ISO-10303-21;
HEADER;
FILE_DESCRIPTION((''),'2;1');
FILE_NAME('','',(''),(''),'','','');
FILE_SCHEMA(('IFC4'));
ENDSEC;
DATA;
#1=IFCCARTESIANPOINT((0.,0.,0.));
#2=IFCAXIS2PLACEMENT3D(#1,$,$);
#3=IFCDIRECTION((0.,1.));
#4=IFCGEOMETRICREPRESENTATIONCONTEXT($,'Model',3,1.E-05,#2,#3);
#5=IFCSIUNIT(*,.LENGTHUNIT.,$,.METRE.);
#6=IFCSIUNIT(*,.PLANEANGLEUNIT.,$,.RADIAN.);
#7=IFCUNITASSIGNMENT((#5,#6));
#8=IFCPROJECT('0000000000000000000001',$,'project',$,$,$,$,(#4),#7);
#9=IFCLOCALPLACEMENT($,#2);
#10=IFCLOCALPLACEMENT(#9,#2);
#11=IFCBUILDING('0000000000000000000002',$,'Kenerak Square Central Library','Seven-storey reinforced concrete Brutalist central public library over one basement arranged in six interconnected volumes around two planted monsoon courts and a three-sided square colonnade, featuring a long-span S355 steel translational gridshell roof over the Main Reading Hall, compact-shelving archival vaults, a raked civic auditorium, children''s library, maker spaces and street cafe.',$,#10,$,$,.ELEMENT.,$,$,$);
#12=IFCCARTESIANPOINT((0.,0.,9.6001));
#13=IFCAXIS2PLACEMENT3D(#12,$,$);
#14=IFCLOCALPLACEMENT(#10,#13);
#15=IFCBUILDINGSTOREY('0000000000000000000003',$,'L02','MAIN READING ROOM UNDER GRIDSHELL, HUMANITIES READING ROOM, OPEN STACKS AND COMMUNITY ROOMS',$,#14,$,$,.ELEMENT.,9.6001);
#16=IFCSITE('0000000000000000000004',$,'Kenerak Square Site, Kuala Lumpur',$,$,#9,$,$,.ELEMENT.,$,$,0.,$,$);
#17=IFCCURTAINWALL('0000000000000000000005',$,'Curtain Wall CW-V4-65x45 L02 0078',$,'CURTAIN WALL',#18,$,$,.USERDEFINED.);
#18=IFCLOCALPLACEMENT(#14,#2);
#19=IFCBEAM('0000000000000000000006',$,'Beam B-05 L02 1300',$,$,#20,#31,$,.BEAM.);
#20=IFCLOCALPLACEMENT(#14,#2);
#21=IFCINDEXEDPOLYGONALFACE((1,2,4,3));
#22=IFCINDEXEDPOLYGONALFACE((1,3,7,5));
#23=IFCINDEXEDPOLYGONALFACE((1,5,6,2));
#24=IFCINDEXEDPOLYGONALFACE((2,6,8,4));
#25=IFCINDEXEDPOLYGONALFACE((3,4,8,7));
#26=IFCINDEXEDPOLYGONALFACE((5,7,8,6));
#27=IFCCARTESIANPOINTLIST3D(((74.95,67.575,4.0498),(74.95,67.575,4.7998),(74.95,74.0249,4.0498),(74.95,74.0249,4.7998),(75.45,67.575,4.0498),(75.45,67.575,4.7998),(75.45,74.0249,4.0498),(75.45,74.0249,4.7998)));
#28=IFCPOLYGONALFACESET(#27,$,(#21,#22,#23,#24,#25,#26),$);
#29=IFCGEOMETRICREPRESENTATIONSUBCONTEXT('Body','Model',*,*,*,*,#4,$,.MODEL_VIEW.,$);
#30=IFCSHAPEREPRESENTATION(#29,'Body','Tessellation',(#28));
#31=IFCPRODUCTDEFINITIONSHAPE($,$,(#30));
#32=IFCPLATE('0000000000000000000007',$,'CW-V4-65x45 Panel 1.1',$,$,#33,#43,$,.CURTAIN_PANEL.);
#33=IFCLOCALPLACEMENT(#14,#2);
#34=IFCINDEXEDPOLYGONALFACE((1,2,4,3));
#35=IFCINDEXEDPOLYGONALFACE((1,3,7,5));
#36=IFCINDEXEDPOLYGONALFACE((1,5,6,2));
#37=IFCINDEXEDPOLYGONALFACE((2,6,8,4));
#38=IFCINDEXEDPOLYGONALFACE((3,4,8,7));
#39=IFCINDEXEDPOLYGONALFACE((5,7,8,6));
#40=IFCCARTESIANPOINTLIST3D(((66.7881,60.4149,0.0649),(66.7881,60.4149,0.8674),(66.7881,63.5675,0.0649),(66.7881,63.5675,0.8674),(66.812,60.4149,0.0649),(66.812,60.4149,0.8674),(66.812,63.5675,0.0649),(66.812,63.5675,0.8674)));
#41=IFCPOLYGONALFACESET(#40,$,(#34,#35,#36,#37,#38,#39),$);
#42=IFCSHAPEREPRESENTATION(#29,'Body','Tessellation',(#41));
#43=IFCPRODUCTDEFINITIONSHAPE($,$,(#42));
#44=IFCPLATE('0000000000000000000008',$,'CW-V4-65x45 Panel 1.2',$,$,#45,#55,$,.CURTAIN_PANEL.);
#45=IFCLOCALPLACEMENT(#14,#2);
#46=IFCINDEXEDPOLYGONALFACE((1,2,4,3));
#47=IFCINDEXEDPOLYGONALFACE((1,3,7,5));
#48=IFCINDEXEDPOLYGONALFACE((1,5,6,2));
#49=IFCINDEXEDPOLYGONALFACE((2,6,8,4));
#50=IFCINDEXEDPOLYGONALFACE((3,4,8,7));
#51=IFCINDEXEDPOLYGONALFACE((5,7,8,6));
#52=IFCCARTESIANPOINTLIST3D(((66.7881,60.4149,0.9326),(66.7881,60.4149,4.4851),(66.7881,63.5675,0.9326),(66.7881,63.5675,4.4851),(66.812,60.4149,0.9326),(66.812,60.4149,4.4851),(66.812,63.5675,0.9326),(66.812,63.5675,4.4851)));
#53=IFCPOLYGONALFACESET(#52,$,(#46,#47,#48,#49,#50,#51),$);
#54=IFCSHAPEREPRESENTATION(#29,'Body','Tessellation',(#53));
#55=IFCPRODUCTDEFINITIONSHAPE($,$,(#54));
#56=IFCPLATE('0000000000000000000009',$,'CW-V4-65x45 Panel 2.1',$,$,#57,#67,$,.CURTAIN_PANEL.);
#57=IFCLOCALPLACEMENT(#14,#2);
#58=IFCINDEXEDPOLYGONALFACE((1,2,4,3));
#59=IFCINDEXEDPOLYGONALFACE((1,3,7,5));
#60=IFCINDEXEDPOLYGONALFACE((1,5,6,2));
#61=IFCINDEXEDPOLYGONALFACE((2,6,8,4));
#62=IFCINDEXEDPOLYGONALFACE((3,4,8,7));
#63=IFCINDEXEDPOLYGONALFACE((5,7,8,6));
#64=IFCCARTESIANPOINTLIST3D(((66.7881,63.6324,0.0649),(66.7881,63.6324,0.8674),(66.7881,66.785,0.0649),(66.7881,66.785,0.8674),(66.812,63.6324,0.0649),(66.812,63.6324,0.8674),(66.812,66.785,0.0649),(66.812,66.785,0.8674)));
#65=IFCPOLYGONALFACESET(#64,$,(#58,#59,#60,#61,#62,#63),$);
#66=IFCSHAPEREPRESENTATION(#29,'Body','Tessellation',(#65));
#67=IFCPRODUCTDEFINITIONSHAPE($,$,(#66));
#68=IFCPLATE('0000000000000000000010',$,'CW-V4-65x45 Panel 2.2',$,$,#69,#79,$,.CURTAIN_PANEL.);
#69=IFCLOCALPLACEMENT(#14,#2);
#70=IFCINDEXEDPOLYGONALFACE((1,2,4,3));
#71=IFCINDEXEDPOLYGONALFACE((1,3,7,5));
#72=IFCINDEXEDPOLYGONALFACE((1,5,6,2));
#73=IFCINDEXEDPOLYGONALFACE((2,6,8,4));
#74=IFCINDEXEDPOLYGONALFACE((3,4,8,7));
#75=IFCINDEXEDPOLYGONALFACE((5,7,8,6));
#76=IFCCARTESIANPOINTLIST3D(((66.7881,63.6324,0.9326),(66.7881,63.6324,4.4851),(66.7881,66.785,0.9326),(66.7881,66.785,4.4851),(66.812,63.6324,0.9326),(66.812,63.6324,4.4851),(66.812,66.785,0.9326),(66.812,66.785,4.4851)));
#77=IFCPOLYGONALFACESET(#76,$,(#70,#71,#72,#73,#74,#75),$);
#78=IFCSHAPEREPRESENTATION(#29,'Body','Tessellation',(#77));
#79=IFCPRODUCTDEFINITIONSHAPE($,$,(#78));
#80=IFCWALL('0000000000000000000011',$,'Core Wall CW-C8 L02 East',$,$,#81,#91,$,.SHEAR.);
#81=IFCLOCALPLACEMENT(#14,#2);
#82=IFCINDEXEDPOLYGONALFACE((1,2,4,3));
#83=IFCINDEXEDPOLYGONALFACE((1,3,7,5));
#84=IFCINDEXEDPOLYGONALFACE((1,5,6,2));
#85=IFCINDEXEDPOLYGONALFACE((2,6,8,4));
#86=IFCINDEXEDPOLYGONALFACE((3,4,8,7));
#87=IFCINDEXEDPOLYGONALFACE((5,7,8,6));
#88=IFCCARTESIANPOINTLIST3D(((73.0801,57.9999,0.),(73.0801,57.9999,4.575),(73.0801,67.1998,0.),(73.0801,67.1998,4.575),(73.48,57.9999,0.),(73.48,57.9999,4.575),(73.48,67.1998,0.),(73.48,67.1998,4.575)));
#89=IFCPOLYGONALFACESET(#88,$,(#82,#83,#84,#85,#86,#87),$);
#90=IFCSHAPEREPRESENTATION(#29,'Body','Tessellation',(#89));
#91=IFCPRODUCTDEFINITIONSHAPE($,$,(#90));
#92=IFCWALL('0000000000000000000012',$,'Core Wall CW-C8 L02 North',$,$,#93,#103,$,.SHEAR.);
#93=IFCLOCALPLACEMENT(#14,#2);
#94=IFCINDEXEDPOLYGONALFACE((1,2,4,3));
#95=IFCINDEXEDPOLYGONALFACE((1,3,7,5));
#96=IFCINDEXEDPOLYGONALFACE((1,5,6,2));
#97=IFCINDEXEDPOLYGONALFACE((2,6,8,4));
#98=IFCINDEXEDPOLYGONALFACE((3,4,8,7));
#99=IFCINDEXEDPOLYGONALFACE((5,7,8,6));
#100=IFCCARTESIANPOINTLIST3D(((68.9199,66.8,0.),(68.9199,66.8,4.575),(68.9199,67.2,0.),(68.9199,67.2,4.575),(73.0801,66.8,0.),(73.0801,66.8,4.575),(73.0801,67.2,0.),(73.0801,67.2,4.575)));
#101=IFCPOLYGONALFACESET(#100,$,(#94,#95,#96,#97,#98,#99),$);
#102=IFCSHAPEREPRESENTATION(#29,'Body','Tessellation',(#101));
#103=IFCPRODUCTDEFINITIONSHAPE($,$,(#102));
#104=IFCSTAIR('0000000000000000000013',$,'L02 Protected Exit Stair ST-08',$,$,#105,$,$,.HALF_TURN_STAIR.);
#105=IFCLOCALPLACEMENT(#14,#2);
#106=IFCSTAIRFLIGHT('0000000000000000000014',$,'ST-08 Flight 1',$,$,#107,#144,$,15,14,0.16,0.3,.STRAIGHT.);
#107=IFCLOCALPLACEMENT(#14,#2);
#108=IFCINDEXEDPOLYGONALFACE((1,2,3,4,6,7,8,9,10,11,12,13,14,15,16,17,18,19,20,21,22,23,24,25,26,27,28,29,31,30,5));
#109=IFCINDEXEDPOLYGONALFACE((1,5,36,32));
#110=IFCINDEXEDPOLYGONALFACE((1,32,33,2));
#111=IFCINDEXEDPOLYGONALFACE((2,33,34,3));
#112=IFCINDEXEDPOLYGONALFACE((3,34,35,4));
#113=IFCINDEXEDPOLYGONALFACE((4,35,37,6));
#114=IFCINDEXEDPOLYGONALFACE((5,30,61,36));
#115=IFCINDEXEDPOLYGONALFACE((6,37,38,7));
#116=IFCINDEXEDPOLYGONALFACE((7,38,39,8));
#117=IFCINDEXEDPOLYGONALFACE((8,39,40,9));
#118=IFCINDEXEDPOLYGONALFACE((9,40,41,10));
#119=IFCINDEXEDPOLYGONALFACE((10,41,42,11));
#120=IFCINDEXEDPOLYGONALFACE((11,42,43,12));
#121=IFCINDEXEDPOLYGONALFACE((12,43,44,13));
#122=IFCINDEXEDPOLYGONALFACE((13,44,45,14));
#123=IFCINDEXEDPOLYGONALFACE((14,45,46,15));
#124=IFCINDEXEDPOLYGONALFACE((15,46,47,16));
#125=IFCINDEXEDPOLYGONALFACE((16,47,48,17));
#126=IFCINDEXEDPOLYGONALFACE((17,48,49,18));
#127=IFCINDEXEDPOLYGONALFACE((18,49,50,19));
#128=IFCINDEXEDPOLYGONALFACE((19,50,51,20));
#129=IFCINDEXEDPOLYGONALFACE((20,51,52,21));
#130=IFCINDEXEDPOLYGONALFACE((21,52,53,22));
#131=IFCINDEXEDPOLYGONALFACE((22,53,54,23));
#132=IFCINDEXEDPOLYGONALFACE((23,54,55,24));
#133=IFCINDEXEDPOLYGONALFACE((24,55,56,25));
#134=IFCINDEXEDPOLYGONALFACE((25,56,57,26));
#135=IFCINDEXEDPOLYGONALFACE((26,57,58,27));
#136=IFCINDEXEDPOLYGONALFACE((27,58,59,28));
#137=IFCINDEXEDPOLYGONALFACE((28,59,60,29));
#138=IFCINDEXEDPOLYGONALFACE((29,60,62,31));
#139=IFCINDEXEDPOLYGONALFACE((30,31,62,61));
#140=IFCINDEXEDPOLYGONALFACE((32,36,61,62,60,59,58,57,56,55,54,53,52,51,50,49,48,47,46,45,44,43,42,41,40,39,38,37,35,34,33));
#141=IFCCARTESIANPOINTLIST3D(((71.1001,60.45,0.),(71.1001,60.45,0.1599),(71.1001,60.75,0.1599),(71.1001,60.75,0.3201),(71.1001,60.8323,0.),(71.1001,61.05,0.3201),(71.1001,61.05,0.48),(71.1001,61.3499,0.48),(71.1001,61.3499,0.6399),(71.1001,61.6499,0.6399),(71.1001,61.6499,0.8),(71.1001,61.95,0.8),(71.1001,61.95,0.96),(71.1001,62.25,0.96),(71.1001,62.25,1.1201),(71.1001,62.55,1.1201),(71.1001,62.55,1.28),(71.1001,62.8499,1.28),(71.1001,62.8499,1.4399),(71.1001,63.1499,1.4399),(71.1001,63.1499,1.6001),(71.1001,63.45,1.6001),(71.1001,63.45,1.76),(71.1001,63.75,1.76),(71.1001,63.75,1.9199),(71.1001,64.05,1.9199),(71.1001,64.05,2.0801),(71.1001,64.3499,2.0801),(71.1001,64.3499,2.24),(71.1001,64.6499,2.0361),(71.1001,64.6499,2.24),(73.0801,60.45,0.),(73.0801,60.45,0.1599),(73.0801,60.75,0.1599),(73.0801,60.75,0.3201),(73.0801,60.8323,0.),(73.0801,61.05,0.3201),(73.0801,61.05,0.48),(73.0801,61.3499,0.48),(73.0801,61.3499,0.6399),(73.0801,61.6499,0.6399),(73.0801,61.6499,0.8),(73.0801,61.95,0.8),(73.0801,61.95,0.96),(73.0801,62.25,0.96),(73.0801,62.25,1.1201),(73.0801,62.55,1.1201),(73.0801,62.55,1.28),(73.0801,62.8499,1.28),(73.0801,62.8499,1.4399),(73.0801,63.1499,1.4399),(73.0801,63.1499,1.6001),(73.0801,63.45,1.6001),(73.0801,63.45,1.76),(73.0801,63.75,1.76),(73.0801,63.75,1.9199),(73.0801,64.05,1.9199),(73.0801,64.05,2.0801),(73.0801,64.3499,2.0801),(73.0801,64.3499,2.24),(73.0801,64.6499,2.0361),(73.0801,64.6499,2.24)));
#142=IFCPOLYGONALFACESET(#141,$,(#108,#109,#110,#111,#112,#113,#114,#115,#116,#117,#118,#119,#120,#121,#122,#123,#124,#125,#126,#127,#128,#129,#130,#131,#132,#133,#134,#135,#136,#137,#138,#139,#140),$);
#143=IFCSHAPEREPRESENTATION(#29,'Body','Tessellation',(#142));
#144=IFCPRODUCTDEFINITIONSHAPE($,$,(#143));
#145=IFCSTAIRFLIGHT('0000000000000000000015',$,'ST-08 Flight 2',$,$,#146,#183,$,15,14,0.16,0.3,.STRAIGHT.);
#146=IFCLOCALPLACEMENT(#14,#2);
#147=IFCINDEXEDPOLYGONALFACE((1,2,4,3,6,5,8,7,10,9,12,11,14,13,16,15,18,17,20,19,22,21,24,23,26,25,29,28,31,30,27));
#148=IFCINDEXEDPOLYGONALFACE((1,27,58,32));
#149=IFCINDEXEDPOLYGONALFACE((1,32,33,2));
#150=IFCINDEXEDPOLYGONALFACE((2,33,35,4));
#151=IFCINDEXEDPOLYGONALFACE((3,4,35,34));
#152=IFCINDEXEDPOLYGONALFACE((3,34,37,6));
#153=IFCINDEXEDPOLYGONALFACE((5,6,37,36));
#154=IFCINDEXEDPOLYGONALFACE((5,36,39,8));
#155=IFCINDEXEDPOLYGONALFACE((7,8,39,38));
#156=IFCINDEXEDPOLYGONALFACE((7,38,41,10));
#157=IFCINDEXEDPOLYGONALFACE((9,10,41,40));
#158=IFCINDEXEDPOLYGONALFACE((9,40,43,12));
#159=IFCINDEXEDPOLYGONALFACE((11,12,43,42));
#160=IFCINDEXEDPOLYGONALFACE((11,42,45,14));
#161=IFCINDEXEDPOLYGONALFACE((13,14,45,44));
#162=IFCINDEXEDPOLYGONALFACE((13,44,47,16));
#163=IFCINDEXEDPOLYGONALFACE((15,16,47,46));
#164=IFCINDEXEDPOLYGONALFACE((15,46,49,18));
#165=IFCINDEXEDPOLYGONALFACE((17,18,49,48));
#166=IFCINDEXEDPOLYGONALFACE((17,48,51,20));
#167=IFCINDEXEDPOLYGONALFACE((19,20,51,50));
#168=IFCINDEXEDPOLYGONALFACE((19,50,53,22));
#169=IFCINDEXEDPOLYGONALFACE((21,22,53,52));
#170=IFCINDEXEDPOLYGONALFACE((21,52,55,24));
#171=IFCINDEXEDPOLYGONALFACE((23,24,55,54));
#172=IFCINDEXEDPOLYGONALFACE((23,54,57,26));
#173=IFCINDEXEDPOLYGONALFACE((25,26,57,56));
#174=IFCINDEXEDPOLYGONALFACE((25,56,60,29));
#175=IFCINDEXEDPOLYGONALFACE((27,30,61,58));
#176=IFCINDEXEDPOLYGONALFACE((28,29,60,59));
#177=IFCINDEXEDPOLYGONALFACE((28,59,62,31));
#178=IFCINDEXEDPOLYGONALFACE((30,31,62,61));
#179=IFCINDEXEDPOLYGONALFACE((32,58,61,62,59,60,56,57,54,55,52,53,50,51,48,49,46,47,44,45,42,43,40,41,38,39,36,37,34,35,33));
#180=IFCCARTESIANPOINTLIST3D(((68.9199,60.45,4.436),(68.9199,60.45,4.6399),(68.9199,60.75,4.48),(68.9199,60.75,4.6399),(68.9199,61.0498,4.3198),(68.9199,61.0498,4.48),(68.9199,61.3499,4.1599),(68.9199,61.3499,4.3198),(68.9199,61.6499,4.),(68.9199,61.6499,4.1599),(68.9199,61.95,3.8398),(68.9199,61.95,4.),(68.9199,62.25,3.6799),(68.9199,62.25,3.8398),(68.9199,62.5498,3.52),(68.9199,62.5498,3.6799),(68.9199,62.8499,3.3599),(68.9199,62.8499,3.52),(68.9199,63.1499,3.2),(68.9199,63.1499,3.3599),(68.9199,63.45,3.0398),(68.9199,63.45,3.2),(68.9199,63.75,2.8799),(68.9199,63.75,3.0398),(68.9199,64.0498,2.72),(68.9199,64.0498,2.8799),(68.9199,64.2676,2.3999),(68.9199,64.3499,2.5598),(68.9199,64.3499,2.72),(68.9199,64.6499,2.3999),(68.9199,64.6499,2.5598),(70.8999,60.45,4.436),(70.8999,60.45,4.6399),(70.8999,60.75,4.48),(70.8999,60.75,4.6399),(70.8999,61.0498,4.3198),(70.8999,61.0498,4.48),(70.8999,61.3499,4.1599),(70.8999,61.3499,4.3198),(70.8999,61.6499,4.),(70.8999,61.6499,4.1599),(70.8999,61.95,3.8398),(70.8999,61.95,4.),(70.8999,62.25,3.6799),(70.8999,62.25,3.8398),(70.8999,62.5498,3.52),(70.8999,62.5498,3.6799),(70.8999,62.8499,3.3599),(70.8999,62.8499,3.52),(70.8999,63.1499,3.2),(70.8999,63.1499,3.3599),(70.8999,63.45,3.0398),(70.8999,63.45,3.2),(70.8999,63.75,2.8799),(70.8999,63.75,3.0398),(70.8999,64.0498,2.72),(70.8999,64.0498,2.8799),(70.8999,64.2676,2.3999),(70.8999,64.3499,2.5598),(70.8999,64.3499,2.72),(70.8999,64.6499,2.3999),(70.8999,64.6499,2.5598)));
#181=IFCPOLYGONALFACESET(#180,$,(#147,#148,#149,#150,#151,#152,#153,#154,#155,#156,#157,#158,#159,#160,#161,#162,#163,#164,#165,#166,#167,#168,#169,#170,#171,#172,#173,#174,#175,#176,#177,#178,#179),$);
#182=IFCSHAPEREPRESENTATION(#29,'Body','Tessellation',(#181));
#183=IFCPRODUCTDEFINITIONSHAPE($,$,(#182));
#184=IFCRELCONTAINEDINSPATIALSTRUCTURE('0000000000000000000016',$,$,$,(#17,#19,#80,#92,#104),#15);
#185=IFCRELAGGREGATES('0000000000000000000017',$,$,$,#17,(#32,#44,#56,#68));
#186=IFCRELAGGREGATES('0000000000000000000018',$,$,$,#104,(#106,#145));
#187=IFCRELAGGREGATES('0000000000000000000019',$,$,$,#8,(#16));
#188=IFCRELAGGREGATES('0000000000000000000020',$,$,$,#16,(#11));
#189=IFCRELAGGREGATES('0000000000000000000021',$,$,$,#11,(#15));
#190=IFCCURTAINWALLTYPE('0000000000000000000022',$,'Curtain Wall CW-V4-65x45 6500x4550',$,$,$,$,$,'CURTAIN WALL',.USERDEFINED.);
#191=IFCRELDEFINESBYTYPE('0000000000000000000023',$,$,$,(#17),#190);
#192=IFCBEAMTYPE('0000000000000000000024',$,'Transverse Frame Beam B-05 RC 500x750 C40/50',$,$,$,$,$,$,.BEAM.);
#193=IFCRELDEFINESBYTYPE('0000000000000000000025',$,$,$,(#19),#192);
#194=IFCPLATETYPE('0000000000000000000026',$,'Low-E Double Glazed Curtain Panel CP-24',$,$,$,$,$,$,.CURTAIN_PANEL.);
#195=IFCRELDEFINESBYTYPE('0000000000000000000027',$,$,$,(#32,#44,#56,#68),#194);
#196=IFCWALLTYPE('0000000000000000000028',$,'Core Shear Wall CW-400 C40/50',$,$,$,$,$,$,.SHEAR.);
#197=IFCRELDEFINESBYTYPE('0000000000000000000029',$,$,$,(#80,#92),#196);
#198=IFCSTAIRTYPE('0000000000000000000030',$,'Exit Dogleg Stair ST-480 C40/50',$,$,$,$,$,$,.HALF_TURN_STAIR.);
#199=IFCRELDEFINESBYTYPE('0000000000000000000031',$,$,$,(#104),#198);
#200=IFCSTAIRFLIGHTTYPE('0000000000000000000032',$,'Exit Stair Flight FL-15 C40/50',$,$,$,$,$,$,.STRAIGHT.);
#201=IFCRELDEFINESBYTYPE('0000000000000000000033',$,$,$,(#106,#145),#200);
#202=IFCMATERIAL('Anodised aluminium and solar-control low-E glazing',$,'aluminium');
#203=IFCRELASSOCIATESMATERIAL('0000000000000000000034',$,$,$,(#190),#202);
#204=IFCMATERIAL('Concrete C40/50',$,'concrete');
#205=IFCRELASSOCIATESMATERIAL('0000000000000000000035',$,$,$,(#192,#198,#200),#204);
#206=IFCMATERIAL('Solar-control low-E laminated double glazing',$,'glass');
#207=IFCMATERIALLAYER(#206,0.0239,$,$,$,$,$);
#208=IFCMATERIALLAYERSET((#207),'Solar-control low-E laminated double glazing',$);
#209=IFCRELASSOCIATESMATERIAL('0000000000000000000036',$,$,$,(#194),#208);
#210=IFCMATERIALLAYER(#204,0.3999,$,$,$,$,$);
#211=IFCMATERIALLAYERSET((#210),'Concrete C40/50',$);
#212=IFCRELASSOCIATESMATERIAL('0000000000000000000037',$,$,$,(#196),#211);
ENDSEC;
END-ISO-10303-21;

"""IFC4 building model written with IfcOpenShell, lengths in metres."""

from ifc_helpers import new_model, si_unit, direction, frame, frame_2d, origin, origin_2d, place, context, subcontext, project, spatial, polyline, rectangle, outline, extrude, material, layer, layer_set, material_profile, profile_set, type_object, element, aggregate, save


model = new_model("IFC4")

# Units and contexts
model_context = context("Model", 3, precision=1e-05, world=origin(), true_north=direction((0.0, 1.0)))
body_context = subcontext(model_context, "Body", "Model", "MODEL_VIEW")
ifc_project = project(units=[si_unit("LENGTHUNIT", "METRE"), si_unit("PLANEANGLEUNIT", "RADIAN")], contexts=[model_context])

# Site, building, storey
site_placement = place(None, origin())
site = spatial("IfcSite", under=ifc_project, at=site_placement, Name="Kenerak Square Site, Kuala Lumpur", CompositionType="ELEMENT", RefElevation=0.0)
building_placement = place(site_placement, origin())
building = spatial("IfcBuilding", under=site, at=building_placement, Name="Kenerak Square Central Library", Description="Seven-storey reinforced concrete Brutalist central public library over one basement arranged in six interconnected volumes around two planted monsoon courts and a three-sided square colonnade, featuring a long-span S355 steel translational gridshell roof over the Main Reading Hall, compact-shelving archival vaults, a raked civic auditorium, children's library, maker spaces and street cafe.", CompositionType="ELEMENT")
storey_placement = place(building_placement, frame((0.0, 0.0, 9.6001)))
storey = spatial("IfcBuildingStorey", under=building, at=storey_placement, Name="L02", Description="MAIN READING ROOM UNDER GRIDSHELL, HUMANITIES READING ROOM, OPEN STACKS AND COMMUNITY ROOMS", CompositionType="ELEMENT", Elevation=9.6001)

# Shared definitions
ifc_material_1 = material(Name="Concrete C40/50", Category="concrete")

# Curtain wall
ifc_material_2 = material(Name="Anodised aluminium and solar-control low-E glazing", Category="aluminium")
curtain_wall_type = type_object("IfcCurtainWallType", Name="Curtain Wall CW-V4-65x45 6500x4550", ElementType="CURTAIN WALL", PredefinedType="USERDEFINED", material=ifc_material_2)
curtain_wall_placement = place(storey_placement, origin())
curtain_wall = element("IfcCurtainWall", 1, at=curtain_wall_placement, inside=storey, type_object=curtain_wall_type, Name="Curtain Wall CW-V4-65x45 L02 0078", ObjectType="CURTAIN WALL", PredefinedType="USERDEFINED")

# Beam
ifc_material_profile_1 = material_profile(ifc_material_1, rectangle(XDim=0.5, YDim=0.75, at=origin_2d()), Name="RC 500x750")
ifc_profile_set_1 = profile_set([ifc_material_profile_1], Name="Concrete C40/50")
beam_type_1 = type_object("IfcBeamType", Name="Transverse Frame Beam B-05 RC 500x750 C40/50", PredefinedType="BEAM", material=ifc_profile_set_1)
beam_1_placement = place(storey_placement, frame((75.2, 67.575, 4.4248), z_axis=(0.0, 1.0, 0.0), x_axis=(-1.0, 0.0, 0.0)))
element("IfcBeam", 2, at=beam_1_placement, inside=storey, type_object=beam_type_1, Name="Beam B-05 L02 1300", PredefinedType="BEAM", context=body_context, shape_type="SweptSolid", body=[
    extrude(rectangle(XDim=0.5, YDim=0.75, at=origin_2d()), origin(), (0.0, 0.0, 1.0), 6.45),
])

# Plates
ifc_material_3 = material(Name="Solar-control low-E laminated double glazing", Category="glass")
ifc_layer_1 = layer(ifc_material_3, 0.0239)
ifc_layer_set_1 = layer_set([ifc_layer_1], Name="Solar-control low-E laminated double glazing")
plate_type = type_object("IfcPlateType", Name="Low-E Double Glazed Curtain Panel CP-24", PredefinedType="CURTAIN_PANEL", material=ifc_layer_set_1)
plate_1_placement = place(storey_placement, frame((66.8, 61.9912, 0.0649), z_axis=(0.0, 0.0, 1.0), x_axis=(0.0, 1.0, 0.0)))
plate_1 = element("IfcPlate", 3, at=plate_1_placement, type_object=plate_type, Name="CW-V4-65x45 Panel 1.1", PredefinedType="CURTAIN_PANEL", context=body_context, shape_type="SweptSolid", body=[
    extrude(rectangle(XDim=3.1526, YDim=0.0239, at=origin_2d()), origin(), (0.0, 0.0, 1.0), 0.8025),
])
plate_2_placement = place(storey_placement, frame((66.8, 61.9912, 0.9326), z_axis=(0.0, 0.0, 1.0), x_axis=(0.0, 1.0, 0.0)))
plate_2 = element("IfcPlate", 4, at=plate_2_placement, type_object=plate_type, Name="CW-V4-65x45 Panel 1.2", PredefinedType="CURTAIN_PANEL", context=body_context, shape_type="SweptSolid", body=[
    extrude(rectangle(XDim=3.1526, YDim=0.0239, at=origin_2d()), origin(), (0.0, 0.0, 1.0), 3.5525),
])
plate_3_placement = place(storey_placement, frame((66.8, 65.2087, 0.0649), z_axis=(0.0, 0.0, 1.0), x_axis=(0.0, 1.0, 0.0)))
plate_3 = element("IfcPlate", 5, at=plate_3_placement, type_object=plate_type, Name="CW-V4-65x45 Panel 2.1", PredefinedType="CURTAIN_PANEL", context=body_context, shape_type="SweptSolid", body=[
    extrude(rectangle(XDim=3.1526, YDim=0.0239, at=origin_2d()), origin(), (0.0, 0.0, 1.0), 0.8025),
])
plate_4_placement = place(storey_placement, frame((66.8, 65.2087, 0.9326), z_axis=(0.0, 0.0, 1.0), x_axis=(0.0, 1.0, 0.0)))
plate_4 = element("IfcPlate", 6, at=plate_4_placement, type_object=plate_type, Name="CW-V4-65x45 Panel 2.2", PredefinedType="CURTAIN_PANEL", context=body_context, shape_type="SweptSolid", body=[
    extrude(rectangle(XDim=3.1526, YDim=0.0239, at=origin_2d()), origin(), (0.0, 0.0, 1.0), 3.5525),
])
aggregate(curtain_wall, [plate_1, plate_2, plate_3, plate_4])

# Walls
ifc_layer_2 = layer(ifc_material_1, 0.3999)
ifc_layer_set_2 = layer_set([ifc_layer_2], Name="Concrete C40/50")
wall_type = type_object("IfcWallType", Name="Core Shear Wall CW-400 C40/50", PredefinedType="SHEAR", material=ifc_layer_set_2)
wall_1_placement = place(storey_placement, frame((73.28, 67.2, 0.0), z_axis=(0.0, 0.0, 1.0), x_axis=(0.0, -1.0, 0.0)))
element("IfcWall", 7, at=wall_1_placement, inside=storey, type_object=wall_type, Name="Core Wall CW-C8 L02 East", PredefinedType="SHEAR", context=body_context, shape_type="SweptSolid", body=[
    extrude(rectangle(XDim=9.2, YDim=0.3999, at=frame_2d((4.6001, 0.0))), origin(), (0.0, 0.0, 1.0), 4.575),
])
wall_2_placement = place(storey_placement, frame((68.9199, 67.0, 0.0), z_axis=(0.0, 0.0, 1.0), x_axis=(1.0, 0.0, 0.0)))
element("IfcWall", 8, at=wall_2_placement, inside=storey, type_object=wall_type, Name="Core Wall CW-C8 L02 North", PredefinedType="SHEAR", context=body_context, shape_type="SweptSolid", body=[
    extrude(rectangle(XDim=4.1602, YDim=0.3999, at=frame_2d((2.0801, 0.0))), origin(), (0.0, 0.0, 1.0), 4.575),
])

# Stair, stair flights
stair_type = type_object("IfcStairType", Name="Exit Dogleg Stair ST-480 C40/50", PredefinedType="HALF_TURN_STAIR", material=ifc_material_1)
stair_placement = place(storey_placement, origin())
stair = element("IfcStair", 9, at=stair_placement, inside=storey, type_object=stair_type, Name="L02 Protected Exit Stair ST-08", PredefinedType="HALF_TURN_STAIR")
stair_flight_type = type_object("IfcStairFlightType", Name="Exit Stair Flight FL-15 C40/50", PredefinedType="STRAIGHT", material=ifc_material_1)
stair_flight_1_placement = place(storey_placement, frame((72.0901, 60.45, 0.0), z_axis=(0.0, 0.0, 1.0), x_axis=(0.0, 1.0, 0.0)))
stair_flight_1 = element("IfcStairFlight", 10, at=stair_flight_1_placement, type_object=stair_flight_type, Name="ST-08 Flight 1", NumberOfRisers=15, NumberOfTreads=14, PredefinedType="STRAIGHT", RiserHeight=0.16, TreadLength=0.3, context=body_context, shape_type="SweptSolid", body=[
    extrude(outline(polyline([(0.0, 0.0), (0.0, 0.1599), (0.3, 0.1599), (0.3, 0.3201), (0.6001, 0.3201), (0.6001, 0.48), (0.8999, 0.48), (0.8999, 0.6399), (1.2, 0.6399), (1.2, 0.8), (1.5, 0.8), (1.5, 0.96), (1.8, 0.96), (1.8, 1.1201), (2.1001, 1.1201), (2.1001, 1.28), (2.3999, 1.28), (2.3999, 1.4399), (2.7, 1.4399), (2.7, 1.6001), (3.0, 1.6001), (3.0, 1.76), (3.3, 1.76), (3.3, 1.9199), (3.6001, 1.9199), (3.6001, 2.0801), (3.8999, 2.0801), (3.8999, 2.24), (4.2, 2.24), (4.2, 2.3999), (4.2, 2.0361), (0.3823, 0.0), (0.0, 0.0)])), frame((0.0, 0.99, 0.0), z_axis=(0.0, -1.0, 0.0), x_axis=(1.0, 0.0, 0.0)), (0.0, 0.0, 1.0), 1.98),
])
stair_flight_2_placement = place(storey_placement, frame((69.9099, 64.6499, 2.3999), z_axis=(0.0, 0.0, 1.0), x_axis=(0.0, -1.0, 0.0)))
stair_flight_2 = element("IfcStairFlight", 11, at=stair_flight_2_placement, type_object=stair_flight_type, Name="ST-08 Flight 2", NumberOfRisers=15, NumberOfTreads=14, PredefinedType="STRAIGHT", RiserHeight=0.16, TreadLength=0.3, context=body_context, shape_type="SweptSolid", body=[
    extrude(outline(polyline([(0.0, 0.0), (0.0, 0.1599), (0.3, 0.1599), (0.3, 0.3201), (0.6001, 0.3201), (0.6001, 0.48), (0.8999, 0.48), (0.8999, 0.6399), (1.2, 0.6399), (1.2, 0.8), (1.5, 0.8), (1.5, 0.96), (1.8, 0.96), (1.8, 1.1201), (2.1001, 1.1201), (2.1001, 1.28), (2.3999, 1.28), (2.3999, 1.4399), (2.7, 1.4399), (2.7, 1.6001), (3.0, 1.6001), (3.0, 1.76), (3.3, 1.76), (3.3, 1.9199), (3.6001, 1.9199), (3.6001, 2.0801), (3.8999, 2.0801), (3.8999, 2.24), (4.2, 2.24), (4.2, 2.3999), (4.2, 2.0361), (0.3823, 0.0), (0.0, 0.0)])), frame((0.0, 0.99, 0.0), z_axis=(0.0, -1.0, 0.0), x_axis=(1.0, 0.0, 0.0)), (0.0, 0.0, 1.0), 1.98),
])
aggregate(stair, [stair_flight_1, stair_flight_2])

save(model, "model.ifc")
